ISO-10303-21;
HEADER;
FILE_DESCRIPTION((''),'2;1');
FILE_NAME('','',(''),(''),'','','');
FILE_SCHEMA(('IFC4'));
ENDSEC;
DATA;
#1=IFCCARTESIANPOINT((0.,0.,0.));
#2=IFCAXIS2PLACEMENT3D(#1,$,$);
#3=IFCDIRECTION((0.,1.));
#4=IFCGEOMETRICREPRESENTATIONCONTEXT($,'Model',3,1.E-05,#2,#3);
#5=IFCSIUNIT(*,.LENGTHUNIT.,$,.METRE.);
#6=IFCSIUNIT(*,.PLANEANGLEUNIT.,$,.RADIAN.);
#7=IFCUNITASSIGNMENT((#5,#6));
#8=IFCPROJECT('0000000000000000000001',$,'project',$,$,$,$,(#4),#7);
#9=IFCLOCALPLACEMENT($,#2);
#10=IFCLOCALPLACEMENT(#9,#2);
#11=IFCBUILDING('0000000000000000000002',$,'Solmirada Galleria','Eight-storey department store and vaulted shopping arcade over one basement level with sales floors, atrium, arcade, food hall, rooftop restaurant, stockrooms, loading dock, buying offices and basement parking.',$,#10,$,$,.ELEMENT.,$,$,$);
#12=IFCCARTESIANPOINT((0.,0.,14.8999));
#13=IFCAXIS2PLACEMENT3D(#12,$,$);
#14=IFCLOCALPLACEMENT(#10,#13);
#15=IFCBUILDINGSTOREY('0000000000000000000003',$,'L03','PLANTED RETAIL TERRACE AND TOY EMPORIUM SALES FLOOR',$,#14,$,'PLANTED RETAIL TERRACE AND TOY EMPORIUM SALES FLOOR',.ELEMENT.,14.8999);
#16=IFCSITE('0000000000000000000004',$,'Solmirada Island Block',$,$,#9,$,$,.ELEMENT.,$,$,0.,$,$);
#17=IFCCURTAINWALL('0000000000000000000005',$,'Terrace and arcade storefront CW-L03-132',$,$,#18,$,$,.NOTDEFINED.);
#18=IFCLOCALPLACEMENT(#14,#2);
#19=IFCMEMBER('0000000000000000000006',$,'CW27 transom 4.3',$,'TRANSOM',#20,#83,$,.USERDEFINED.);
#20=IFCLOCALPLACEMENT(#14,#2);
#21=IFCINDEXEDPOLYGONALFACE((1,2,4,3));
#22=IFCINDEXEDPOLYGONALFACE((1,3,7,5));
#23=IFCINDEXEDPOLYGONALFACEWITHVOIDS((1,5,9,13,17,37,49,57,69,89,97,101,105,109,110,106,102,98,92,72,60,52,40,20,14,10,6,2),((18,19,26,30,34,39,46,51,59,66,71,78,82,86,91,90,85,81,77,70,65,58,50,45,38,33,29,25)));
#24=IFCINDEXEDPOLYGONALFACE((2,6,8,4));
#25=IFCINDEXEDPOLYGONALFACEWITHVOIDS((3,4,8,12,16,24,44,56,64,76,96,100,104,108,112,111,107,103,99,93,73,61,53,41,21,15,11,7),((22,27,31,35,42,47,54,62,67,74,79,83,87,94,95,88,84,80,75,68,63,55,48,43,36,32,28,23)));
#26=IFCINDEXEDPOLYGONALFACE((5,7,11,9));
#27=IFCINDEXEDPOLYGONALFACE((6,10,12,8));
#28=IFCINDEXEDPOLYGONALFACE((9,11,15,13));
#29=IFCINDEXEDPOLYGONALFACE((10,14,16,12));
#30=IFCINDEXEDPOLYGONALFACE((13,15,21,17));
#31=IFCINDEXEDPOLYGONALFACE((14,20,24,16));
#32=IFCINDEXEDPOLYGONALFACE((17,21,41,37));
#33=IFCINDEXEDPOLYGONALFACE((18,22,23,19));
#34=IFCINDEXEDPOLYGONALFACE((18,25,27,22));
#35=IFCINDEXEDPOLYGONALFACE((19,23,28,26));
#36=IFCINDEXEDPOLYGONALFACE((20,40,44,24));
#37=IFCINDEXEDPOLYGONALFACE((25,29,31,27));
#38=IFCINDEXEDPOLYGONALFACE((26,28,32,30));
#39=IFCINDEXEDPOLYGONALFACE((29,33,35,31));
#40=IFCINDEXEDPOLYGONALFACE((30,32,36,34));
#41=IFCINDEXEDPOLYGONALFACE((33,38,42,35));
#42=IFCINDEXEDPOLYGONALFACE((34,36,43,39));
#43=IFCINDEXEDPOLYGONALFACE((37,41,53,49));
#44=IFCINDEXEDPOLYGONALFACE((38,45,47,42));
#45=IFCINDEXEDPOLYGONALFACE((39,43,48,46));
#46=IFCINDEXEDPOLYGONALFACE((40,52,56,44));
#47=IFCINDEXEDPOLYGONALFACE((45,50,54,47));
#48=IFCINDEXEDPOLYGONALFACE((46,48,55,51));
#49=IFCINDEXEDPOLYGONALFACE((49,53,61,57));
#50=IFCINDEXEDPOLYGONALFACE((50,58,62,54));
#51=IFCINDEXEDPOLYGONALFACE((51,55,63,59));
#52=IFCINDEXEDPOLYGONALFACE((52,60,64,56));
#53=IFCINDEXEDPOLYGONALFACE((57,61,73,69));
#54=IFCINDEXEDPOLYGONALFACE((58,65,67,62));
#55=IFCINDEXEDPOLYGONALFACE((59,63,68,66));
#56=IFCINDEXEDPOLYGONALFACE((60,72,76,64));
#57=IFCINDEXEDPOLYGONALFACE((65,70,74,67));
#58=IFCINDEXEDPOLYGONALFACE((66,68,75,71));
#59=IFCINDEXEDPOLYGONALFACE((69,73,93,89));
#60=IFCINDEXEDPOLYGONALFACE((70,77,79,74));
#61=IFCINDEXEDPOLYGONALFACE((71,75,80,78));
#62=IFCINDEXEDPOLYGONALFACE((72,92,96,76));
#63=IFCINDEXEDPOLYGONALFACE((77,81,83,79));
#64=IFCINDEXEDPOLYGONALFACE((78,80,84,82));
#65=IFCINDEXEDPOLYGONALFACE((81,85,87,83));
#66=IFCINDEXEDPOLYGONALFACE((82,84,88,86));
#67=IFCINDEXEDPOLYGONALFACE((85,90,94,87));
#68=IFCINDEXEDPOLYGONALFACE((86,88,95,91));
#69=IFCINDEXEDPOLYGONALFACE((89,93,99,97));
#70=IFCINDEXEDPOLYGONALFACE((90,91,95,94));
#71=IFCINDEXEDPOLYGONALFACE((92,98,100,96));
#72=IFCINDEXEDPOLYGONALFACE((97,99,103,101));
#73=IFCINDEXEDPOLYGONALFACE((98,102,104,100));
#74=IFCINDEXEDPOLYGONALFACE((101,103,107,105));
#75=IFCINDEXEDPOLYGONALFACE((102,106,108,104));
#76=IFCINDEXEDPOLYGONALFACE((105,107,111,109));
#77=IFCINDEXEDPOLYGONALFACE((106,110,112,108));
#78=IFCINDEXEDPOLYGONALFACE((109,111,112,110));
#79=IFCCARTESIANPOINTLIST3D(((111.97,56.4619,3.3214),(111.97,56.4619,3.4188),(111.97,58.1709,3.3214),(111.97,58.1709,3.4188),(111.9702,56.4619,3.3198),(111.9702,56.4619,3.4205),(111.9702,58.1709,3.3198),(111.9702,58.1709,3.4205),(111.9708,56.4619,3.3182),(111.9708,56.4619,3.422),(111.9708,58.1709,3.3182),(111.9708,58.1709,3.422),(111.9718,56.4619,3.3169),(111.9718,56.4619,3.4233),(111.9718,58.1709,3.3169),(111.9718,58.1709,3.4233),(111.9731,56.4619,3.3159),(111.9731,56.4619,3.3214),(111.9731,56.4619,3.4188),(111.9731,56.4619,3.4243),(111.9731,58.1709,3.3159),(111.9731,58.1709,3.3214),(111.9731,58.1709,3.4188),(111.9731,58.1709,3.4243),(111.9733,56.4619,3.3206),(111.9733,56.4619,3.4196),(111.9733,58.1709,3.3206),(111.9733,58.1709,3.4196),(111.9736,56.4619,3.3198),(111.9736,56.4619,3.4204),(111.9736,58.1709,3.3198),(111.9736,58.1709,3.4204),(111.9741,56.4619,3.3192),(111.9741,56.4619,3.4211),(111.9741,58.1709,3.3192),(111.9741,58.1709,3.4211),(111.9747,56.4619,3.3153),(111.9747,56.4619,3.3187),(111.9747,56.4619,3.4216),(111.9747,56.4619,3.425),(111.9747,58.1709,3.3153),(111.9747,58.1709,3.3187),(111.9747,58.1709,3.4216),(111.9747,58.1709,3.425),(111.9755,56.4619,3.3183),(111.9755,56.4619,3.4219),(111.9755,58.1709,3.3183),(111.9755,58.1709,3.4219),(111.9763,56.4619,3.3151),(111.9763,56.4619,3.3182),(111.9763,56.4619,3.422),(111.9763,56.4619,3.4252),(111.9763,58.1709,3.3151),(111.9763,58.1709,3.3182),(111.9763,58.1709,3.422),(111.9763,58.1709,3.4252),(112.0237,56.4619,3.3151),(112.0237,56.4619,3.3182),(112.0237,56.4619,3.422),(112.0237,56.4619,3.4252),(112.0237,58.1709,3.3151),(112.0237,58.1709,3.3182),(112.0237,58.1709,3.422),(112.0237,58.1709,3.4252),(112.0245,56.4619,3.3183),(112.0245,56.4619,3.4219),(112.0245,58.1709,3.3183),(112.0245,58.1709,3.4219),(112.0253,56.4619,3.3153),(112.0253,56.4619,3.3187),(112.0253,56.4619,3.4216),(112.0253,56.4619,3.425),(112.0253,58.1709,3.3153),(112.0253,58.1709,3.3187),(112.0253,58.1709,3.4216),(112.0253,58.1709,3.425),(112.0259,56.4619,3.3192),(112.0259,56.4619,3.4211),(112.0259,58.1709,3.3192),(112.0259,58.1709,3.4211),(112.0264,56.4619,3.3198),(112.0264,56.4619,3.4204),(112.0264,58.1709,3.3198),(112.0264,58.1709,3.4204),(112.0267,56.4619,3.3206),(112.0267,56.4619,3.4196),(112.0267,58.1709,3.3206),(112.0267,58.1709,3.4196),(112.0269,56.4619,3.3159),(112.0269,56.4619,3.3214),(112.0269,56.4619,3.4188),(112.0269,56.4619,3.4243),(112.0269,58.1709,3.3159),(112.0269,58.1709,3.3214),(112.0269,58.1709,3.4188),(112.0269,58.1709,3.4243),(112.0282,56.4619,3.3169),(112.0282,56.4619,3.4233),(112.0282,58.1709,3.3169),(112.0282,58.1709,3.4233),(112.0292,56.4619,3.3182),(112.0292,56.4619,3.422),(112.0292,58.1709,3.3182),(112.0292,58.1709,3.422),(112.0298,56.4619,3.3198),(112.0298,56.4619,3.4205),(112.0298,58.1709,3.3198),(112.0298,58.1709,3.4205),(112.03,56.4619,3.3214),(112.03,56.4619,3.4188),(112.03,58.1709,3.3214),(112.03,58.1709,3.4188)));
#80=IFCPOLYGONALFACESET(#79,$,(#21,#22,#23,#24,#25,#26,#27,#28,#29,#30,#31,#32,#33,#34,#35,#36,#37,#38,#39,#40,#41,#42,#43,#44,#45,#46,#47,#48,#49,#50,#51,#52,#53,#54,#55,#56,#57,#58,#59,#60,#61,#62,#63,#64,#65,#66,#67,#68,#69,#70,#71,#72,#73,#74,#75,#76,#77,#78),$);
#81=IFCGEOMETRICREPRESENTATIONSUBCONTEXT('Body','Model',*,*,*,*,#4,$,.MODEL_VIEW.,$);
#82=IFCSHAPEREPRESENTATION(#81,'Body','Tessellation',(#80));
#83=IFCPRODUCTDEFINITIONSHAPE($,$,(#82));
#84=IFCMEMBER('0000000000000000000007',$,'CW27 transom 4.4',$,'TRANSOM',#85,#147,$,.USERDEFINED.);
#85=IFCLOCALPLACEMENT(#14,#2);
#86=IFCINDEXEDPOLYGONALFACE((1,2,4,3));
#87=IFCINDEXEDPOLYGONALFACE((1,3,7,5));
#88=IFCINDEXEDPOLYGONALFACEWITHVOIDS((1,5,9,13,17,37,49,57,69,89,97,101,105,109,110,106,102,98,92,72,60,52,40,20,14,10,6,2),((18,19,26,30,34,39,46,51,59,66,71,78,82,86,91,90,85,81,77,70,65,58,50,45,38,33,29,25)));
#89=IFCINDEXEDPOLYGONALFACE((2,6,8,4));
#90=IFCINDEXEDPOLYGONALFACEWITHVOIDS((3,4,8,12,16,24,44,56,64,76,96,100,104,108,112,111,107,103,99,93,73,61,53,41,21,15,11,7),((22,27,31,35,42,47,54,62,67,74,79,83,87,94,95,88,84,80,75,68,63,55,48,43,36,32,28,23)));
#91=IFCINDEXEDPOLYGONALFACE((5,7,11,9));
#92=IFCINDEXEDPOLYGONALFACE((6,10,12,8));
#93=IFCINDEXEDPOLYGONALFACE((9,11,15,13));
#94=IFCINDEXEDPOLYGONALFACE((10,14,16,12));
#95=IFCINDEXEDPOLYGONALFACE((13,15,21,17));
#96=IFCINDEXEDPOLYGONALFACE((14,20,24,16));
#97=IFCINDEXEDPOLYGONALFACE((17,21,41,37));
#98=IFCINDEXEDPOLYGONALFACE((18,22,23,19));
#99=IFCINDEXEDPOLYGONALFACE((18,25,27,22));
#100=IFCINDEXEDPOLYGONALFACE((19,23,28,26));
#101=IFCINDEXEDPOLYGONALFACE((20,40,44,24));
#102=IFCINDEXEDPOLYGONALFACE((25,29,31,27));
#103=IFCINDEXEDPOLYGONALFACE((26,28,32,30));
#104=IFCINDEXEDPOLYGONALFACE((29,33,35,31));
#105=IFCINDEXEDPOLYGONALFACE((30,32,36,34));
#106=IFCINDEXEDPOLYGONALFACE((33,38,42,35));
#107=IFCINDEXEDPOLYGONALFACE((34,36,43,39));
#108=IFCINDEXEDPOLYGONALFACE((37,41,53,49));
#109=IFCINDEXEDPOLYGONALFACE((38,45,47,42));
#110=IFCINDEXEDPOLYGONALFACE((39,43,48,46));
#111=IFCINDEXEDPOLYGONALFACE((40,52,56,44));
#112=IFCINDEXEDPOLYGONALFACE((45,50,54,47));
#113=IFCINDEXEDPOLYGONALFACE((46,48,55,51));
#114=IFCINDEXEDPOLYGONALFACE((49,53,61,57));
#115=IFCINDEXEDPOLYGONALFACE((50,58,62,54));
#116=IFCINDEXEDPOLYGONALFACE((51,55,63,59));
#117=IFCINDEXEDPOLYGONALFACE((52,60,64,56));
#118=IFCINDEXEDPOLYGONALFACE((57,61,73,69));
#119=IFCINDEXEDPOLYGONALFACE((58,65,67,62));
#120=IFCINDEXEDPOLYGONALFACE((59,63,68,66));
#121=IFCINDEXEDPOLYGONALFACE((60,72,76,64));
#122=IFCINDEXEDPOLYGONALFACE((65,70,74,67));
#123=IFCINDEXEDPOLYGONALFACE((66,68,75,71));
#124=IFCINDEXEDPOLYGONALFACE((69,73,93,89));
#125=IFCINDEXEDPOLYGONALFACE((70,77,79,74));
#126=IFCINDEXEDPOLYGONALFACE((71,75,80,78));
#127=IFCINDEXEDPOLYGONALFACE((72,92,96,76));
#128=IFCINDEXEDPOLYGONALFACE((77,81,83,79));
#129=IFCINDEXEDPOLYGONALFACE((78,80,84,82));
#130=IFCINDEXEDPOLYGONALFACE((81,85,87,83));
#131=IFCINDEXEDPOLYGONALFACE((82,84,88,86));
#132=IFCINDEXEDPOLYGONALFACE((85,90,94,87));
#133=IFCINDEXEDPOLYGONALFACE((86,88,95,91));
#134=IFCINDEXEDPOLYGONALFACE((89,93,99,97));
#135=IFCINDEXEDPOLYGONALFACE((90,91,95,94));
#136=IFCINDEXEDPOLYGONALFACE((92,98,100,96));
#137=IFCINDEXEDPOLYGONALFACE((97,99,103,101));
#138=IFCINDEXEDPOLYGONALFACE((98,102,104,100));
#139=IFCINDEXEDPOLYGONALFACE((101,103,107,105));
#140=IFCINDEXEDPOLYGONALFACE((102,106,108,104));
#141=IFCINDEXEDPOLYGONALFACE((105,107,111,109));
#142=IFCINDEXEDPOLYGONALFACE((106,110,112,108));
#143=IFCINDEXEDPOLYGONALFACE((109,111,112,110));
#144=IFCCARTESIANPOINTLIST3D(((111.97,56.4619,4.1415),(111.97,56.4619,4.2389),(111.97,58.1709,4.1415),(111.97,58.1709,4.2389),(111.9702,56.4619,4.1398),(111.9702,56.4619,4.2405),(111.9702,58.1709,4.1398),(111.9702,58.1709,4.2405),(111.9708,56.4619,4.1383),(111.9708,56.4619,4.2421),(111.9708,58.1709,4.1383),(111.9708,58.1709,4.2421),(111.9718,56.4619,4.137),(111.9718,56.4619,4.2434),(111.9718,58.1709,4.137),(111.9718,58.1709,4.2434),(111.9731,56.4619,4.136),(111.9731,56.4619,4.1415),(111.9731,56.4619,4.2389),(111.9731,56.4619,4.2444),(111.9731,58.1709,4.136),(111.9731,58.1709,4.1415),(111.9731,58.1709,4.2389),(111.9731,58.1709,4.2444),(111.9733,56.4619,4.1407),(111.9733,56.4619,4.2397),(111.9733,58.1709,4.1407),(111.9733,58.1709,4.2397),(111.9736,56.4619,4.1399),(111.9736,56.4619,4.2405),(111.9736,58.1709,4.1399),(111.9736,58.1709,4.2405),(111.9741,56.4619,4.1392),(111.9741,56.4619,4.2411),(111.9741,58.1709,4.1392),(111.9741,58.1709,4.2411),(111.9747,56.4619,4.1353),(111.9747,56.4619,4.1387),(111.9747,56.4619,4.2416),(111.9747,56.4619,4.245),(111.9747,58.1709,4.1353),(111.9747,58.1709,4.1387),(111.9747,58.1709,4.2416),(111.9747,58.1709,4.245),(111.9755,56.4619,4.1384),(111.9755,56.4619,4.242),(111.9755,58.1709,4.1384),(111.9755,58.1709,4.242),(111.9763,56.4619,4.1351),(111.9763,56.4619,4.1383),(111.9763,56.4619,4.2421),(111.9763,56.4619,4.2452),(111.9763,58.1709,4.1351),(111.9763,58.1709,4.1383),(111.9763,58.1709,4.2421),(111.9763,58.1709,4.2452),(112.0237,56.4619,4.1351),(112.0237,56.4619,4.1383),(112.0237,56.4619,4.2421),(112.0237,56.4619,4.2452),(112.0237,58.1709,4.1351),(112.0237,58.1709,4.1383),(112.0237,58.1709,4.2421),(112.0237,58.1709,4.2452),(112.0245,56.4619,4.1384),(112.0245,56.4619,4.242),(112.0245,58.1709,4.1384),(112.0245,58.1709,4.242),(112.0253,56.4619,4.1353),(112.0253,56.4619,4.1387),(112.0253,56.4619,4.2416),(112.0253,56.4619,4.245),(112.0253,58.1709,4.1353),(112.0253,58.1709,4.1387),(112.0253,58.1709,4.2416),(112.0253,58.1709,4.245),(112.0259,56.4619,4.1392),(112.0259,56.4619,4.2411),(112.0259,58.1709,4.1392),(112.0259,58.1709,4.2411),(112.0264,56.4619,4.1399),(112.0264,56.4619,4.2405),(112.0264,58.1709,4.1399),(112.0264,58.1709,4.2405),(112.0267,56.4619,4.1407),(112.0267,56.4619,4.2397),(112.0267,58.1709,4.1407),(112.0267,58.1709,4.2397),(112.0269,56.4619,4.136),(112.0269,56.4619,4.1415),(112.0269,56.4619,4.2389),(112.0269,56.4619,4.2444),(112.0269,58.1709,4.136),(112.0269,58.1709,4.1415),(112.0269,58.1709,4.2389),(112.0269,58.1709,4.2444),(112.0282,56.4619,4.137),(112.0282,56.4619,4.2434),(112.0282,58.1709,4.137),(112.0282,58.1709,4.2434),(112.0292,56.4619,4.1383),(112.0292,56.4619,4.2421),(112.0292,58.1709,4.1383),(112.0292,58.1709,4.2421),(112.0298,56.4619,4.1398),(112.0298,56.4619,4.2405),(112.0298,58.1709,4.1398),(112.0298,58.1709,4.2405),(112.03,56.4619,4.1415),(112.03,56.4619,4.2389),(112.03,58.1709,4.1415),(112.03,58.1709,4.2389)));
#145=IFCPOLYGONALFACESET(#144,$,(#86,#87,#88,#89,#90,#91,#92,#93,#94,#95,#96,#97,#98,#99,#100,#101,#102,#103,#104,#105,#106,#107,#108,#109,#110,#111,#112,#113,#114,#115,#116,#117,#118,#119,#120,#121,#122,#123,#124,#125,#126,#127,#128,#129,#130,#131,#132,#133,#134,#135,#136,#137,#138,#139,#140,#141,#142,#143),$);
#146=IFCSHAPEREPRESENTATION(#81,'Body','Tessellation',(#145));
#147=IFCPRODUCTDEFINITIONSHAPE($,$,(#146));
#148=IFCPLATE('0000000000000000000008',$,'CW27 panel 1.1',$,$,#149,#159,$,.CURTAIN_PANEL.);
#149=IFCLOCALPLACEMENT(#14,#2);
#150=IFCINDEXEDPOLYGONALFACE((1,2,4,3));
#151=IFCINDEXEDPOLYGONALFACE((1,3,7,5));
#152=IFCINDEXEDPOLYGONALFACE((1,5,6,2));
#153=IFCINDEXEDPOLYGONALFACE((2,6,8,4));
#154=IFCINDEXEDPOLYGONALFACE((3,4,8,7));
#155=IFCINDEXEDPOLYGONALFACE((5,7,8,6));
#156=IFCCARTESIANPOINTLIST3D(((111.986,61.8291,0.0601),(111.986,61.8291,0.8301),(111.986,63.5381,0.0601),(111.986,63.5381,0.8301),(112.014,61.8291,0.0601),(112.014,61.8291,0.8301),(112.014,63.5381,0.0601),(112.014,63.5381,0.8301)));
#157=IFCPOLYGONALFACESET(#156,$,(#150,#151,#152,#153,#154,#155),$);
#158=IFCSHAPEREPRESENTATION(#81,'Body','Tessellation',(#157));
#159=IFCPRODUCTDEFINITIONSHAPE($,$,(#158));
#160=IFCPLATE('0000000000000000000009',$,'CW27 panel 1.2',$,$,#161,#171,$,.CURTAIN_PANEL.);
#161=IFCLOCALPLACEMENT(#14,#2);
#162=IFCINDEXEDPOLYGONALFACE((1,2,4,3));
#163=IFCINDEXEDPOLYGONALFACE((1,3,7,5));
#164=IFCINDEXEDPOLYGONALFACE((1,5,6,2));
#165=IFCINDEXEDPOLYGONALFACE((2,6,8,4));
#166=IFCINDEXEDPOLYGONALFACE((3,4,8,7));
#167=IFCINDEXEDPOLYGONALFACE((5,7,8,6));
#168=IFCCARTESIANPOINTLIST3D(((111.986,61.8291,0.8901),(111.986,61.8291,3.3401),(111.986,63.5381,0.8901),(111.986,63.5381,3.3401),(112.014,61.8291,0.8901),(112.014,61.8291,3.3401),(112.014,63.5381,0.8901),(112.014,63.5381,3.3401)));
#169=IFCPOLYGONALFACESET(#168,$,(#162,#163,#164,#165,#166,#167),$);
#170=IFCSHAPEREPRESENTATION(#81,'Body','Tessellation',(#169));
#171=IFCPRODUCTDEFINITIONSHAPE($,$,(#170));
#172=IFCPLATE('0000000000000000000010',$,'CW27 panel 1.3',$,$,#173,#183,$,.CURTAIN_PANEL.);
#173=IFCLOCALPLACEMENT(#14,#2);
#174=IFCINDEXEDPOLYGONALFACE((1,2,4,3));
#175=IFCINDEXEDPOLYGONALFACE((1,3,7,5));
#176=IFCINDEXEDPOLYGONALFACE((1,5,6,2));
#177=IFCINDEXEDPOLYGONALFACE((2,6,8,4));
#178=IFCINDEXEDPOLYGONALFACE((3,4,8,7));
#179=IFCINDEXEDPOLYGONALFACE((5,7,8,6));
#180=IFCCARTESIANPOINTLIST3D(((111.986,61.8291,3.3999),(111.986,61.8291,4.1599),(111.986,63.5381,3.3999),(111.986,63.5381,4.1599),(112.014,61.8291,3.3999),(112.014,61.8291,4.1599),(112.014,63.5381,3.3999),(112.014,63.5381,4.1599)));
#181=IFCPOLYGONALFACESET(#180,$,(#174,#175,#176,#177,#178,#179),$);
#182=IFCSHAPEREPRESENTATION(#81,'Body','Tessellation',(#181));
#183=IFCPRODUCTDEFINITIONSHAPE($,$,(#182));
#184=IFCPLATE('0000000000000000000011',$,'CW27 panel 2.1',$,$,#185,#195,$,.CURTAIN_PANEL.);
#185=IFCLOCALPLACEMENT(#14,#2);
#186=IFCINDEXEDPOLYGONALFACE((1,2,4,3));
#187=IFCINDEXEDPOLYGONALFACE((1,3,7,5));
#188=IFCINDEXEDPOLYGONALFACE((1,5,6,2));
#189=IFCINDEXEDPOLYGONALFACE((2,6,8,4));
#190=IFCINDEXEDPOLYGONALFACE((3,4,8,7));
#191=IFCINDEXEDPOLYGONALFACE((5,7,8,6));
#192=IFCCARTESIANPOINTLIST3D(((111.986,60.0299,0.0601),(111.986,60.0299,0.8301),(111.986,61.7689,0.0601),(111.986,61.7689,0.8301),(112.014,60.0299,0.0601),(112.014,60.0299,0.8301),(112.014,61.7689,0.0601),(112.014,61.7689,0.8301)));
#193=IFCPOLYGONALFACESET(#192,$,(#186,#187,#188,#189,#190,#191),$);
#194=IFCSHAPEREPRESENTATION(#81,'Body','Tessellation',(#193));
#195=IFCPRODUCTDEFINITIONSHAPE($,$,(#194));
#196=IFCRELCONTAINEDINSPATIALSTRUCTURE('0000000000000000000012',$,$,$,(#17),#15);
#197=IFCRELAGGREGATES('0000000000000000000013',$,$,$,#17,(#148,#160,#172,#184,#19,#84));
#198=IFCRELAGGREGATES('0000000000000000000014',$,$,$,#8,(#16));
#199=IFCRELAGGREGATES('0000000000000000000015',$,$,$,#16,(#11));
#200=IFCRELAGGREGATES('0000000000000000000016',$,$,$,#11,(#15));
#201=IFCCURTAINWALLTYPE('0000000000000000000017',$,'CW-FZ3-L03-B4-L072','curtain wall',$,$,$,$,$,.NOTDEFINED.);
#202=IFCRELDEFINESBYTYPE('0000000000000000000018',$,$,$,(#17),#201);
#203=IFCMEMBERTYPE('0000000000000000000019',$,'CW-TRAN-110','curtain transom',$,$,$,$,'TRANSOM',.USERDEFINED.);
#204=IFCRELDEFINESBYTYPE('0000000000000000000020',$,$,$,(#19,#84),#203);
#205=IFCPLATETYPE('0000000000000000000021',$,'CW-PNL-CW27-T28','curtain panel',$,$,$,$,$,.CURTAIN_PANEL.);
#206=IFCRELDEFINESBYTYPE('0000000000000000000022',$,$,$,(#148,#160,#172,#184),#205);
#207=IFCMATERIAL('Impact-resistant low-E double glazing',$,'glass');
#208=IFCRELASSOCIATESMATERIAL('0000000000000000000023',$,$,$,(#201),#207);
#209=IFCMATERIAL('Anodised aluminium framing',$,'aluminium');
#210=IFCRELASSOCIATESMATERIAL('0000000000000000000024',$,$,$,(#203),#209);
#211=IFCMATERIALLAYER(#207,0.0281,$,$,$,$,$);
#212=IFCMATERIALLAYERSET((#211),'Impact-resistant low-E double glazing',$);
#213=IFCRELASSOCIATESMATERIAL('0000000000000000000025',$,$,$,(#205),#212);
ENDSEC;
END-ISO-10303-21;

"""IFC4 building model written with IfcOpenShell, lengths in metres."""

from ifc_helpers import new_model, si_unit, direction, frame, origin, origin_2d, place, context, subcontext, project, spatial, rectangle, hollow_rectangle, extrude, material, layer, layer_set, material_profile, profile_set, type_object, element, aggregate, save


model = new_model("IFC4")

# Units and contexts
model_context = context("Model", 3, precision=1e-05, world=origin(), true_north=direction((0.0, 1.0)))
body_context = subcontext(model_context, "Body", "Model", "MODEL_VIEW")
ifc_project = project(units=[si_unit("LENGTHUNIT", "METRE"), si_unit("PLANEANGLEUNIT", "RADIAN")], contexts=[model_context])

# Site, building, storey
site_placement = place(None, origin())
site = spatial("IfcSite", under=ifc_project, at=site_placement, Name="Solmirada Island Block", CompositionType="ELEMENT", RefElevation=0.0)
building_placement = place(site_placement, origin())
building = spatial("IfcBuilding", under=site, at=building_placement, Name="Solmirada Galleria", Description="Eight-storey department store and vaulted shopping arcade over one basement level with sales floors, atrium, arcade, food hall, rooftop restaurant, stockrooms, loading dock, buying offices and basement parking.", CompositionType="ELEMENT")
storey_placement = place(building_placement, frame((0.0, 0.0, 14.8999)))
storey = spatial("IfcBuildingStorey", under=building, at=storey_placement, Name="L03", Description="PLANTED RETAIL TERRACE AND TOY EMPORIUM SALES FLOOR", LongName="PLANTED RETAIL TERRACE AND TOY EMPORIUM SALES FLOOR", CompositionType="ELEMENT", Elevation=14.8999)

# Curtain wall, members, plates
ifc_material_1 = material(Name="Impact-resistant low-E double glazing", Category="glass")
curtain_wall_type = type_object("IfcCurtainWallType", Name="CW-FZ3-L03-B4-L072", Description="curtain wall", PredefinedType="NOTDEFINED", material=ifc_material_1)
curtain_wall_placement = place(storey_placement, origin())
curtain_wall = element("IfcCurtainWall", 1, at=curtain_wall_placement, inside=storey, type_object=curtain_wall_type, Name="Terrace and arcade storefront CW-L03-132", PredefinedType="NOTDEFINED")
ifc_material_2 = material(Name="Anodised aluminium framing", Category="aluminium")
ifc_material_profile_1 = material_profile(ifc_material_2, hollow_rectangle(XDim=0.0601, YDim=0.1101, WallThickness=0.0032, InnerFilletRadius=0.0032, OuterFilletRadius=0.0063, at=origin_2d()), Name="ALU-TRAN-110X60")
ifc_profile_set_1 = profile_set([ifc_material_profile_1], Name="Anodised aluminium framing")
member_type_1 = type_object("IfcMemberType", Name="CW-TRAN-110", Description="curtain transom", ElementType="TRANSOM", PredefinedType="USERDEFINED", material=ifc_profile_set_1)
member_1_placement = place(storey_placement, frame((112.0, 58.1709, 3.3701), z_axis=(0.0, -1.0, 0.0), x_axis=(1.0, 0.0, 0.0)))
member_1 = element("IfcMember", 2, at=member_1_placement, type_object=member_type_1, Name="CW27 transom 4.3", ObjectType="TRANSOM", PredefinedType="USERDEFINED", context=body_context, shape_type="SweptSolid", body=[
    extrude(hollow_rectangle(XDim=0.0601, YDim=0.1101, WallThickness=0.0032, InnerFilletRadius=0.0032, OuterFilletRadius=0.0063, at=origin_2d()), origin(), (0.0, 0.0, 1.0), 1.709),
])
member_2_placement = place(storey_placement, frame((112.0, 58.1709, 4.1902), z_axis=(0.0, -1.0, 0.0), x_axis=(1.0, 0.0, 0.0)))
member_2 = element("IfcMember", 3, at=member_2_placement, type_object=member_type_1, Name="CW27 transom 4.4", ObjectType="TRANSOM", PredefinedType="USERDEFINED", context=body_context, shape_type="SweptSolid", body=[
    extrude(hollow_rectangle(XDim=0.0601, YDim=0.1101, WallThickness=0.0032, InnerFilletRadius=0.0032, OuterFilletRadius=0.0063, at=origin_2d()), origin(), (0.0, 0.0, 1.0), 1.709),
])
ifc_layer_1 = layer(ifc_material_1, 0.0281)
ifc_layer_set_1 = layer_set([ifc_layer_1], Name="Impact-resistant low-E double glazing")
plate_type = type_object("IfcPlateType", Name="CW-PNL-CW27-T28", Description="curtain panel", PredefinedType="CURTAIN_PANEL", material=ifc_layer_set_1)
plate_1_placement = place(storey_placement, frame((112.0, 62.6836, 0.0601), z_axis=(0.0, 0.0, 1.0), x_axis=(0.0, -1.0, 0.0)))
plate_1 = element("IfcPlate", 4, at=plate_1_placement, type_object=plate_type, Name="CW27 panel 1.1", PredefinedType="CURTAIN_PANEL", context=body_context, shape_type="SweptSolid", body=[
    extrude(rectangle(XDim=1.709, YDim=0.0281, at=origin_2d()), origin(), (0.0, 0.0, 1.0), 0.77),
])
plate_2_placement = place(storey_placement, frame((112.0, 62.6836, 0.8901), z_axis=(0.0, 0.0, 1.0), x_axis=(0.0, -1.0, 0.0)))
plate_2 = element("IfcPlate", 5, at=plate_2_placement, type_object=plate_type, Name="CW27 panel 1.2", PredefinedType="CURTAIN_PANEL", context=body_context, shape_type="SweptSolid", body=[
    extrude(rectangle(XDim=1.709, YDim=0.0281, at=origin_2d()), origin(), (0.0, 0.0, 1.0), 2.45),
])
plate_3_placement = place(storey_placement, frame((112.0, 62.6836, 3.3999), z_axis=(0.0, 0.0, 1.0), x_axis=(0.0, -1.0, 0.0)))
plate_3 = element("IfcPlate", 6, at=plate_3_placement, type_object=plate_type, Name="CW27 panel 1.3", PredefinedType="CURTAIN_PANEL", context=body_context, shape_type="SweptSolid", body=[
    extrude(rectangle(XDim=1.709, YDim=0.0281, at=origin_2d()), origin(), (0.0, 0.0, 1.0), 0.76),
])
plate_4_placement = place(storey_placement, frame((112.0, 60.8994, 0.0601), z_axis=(0.0, 0.0, 1.0), x_axis=(0.0, -1.0, 0.0)))
plate_4 = element("IfcPlate", 7, at=plate_4_placement, type_object=plate_type, Name="CW27 panel 2.1", PredefinedType="CURTAIN_PANEL", context=body_context, shape_type="SweptSolid", body=[
    extrude(rectangle(XDim=1.739, YDim=0.0281, at=origin_2d()), origin(), (0.0, 0.0, 1.0), 0.77),
])
aggregate(curtain_wall, [plate_1, plate_2, plate_3, plate_4, member_1, member_2])

save(model, "model.ifc")
